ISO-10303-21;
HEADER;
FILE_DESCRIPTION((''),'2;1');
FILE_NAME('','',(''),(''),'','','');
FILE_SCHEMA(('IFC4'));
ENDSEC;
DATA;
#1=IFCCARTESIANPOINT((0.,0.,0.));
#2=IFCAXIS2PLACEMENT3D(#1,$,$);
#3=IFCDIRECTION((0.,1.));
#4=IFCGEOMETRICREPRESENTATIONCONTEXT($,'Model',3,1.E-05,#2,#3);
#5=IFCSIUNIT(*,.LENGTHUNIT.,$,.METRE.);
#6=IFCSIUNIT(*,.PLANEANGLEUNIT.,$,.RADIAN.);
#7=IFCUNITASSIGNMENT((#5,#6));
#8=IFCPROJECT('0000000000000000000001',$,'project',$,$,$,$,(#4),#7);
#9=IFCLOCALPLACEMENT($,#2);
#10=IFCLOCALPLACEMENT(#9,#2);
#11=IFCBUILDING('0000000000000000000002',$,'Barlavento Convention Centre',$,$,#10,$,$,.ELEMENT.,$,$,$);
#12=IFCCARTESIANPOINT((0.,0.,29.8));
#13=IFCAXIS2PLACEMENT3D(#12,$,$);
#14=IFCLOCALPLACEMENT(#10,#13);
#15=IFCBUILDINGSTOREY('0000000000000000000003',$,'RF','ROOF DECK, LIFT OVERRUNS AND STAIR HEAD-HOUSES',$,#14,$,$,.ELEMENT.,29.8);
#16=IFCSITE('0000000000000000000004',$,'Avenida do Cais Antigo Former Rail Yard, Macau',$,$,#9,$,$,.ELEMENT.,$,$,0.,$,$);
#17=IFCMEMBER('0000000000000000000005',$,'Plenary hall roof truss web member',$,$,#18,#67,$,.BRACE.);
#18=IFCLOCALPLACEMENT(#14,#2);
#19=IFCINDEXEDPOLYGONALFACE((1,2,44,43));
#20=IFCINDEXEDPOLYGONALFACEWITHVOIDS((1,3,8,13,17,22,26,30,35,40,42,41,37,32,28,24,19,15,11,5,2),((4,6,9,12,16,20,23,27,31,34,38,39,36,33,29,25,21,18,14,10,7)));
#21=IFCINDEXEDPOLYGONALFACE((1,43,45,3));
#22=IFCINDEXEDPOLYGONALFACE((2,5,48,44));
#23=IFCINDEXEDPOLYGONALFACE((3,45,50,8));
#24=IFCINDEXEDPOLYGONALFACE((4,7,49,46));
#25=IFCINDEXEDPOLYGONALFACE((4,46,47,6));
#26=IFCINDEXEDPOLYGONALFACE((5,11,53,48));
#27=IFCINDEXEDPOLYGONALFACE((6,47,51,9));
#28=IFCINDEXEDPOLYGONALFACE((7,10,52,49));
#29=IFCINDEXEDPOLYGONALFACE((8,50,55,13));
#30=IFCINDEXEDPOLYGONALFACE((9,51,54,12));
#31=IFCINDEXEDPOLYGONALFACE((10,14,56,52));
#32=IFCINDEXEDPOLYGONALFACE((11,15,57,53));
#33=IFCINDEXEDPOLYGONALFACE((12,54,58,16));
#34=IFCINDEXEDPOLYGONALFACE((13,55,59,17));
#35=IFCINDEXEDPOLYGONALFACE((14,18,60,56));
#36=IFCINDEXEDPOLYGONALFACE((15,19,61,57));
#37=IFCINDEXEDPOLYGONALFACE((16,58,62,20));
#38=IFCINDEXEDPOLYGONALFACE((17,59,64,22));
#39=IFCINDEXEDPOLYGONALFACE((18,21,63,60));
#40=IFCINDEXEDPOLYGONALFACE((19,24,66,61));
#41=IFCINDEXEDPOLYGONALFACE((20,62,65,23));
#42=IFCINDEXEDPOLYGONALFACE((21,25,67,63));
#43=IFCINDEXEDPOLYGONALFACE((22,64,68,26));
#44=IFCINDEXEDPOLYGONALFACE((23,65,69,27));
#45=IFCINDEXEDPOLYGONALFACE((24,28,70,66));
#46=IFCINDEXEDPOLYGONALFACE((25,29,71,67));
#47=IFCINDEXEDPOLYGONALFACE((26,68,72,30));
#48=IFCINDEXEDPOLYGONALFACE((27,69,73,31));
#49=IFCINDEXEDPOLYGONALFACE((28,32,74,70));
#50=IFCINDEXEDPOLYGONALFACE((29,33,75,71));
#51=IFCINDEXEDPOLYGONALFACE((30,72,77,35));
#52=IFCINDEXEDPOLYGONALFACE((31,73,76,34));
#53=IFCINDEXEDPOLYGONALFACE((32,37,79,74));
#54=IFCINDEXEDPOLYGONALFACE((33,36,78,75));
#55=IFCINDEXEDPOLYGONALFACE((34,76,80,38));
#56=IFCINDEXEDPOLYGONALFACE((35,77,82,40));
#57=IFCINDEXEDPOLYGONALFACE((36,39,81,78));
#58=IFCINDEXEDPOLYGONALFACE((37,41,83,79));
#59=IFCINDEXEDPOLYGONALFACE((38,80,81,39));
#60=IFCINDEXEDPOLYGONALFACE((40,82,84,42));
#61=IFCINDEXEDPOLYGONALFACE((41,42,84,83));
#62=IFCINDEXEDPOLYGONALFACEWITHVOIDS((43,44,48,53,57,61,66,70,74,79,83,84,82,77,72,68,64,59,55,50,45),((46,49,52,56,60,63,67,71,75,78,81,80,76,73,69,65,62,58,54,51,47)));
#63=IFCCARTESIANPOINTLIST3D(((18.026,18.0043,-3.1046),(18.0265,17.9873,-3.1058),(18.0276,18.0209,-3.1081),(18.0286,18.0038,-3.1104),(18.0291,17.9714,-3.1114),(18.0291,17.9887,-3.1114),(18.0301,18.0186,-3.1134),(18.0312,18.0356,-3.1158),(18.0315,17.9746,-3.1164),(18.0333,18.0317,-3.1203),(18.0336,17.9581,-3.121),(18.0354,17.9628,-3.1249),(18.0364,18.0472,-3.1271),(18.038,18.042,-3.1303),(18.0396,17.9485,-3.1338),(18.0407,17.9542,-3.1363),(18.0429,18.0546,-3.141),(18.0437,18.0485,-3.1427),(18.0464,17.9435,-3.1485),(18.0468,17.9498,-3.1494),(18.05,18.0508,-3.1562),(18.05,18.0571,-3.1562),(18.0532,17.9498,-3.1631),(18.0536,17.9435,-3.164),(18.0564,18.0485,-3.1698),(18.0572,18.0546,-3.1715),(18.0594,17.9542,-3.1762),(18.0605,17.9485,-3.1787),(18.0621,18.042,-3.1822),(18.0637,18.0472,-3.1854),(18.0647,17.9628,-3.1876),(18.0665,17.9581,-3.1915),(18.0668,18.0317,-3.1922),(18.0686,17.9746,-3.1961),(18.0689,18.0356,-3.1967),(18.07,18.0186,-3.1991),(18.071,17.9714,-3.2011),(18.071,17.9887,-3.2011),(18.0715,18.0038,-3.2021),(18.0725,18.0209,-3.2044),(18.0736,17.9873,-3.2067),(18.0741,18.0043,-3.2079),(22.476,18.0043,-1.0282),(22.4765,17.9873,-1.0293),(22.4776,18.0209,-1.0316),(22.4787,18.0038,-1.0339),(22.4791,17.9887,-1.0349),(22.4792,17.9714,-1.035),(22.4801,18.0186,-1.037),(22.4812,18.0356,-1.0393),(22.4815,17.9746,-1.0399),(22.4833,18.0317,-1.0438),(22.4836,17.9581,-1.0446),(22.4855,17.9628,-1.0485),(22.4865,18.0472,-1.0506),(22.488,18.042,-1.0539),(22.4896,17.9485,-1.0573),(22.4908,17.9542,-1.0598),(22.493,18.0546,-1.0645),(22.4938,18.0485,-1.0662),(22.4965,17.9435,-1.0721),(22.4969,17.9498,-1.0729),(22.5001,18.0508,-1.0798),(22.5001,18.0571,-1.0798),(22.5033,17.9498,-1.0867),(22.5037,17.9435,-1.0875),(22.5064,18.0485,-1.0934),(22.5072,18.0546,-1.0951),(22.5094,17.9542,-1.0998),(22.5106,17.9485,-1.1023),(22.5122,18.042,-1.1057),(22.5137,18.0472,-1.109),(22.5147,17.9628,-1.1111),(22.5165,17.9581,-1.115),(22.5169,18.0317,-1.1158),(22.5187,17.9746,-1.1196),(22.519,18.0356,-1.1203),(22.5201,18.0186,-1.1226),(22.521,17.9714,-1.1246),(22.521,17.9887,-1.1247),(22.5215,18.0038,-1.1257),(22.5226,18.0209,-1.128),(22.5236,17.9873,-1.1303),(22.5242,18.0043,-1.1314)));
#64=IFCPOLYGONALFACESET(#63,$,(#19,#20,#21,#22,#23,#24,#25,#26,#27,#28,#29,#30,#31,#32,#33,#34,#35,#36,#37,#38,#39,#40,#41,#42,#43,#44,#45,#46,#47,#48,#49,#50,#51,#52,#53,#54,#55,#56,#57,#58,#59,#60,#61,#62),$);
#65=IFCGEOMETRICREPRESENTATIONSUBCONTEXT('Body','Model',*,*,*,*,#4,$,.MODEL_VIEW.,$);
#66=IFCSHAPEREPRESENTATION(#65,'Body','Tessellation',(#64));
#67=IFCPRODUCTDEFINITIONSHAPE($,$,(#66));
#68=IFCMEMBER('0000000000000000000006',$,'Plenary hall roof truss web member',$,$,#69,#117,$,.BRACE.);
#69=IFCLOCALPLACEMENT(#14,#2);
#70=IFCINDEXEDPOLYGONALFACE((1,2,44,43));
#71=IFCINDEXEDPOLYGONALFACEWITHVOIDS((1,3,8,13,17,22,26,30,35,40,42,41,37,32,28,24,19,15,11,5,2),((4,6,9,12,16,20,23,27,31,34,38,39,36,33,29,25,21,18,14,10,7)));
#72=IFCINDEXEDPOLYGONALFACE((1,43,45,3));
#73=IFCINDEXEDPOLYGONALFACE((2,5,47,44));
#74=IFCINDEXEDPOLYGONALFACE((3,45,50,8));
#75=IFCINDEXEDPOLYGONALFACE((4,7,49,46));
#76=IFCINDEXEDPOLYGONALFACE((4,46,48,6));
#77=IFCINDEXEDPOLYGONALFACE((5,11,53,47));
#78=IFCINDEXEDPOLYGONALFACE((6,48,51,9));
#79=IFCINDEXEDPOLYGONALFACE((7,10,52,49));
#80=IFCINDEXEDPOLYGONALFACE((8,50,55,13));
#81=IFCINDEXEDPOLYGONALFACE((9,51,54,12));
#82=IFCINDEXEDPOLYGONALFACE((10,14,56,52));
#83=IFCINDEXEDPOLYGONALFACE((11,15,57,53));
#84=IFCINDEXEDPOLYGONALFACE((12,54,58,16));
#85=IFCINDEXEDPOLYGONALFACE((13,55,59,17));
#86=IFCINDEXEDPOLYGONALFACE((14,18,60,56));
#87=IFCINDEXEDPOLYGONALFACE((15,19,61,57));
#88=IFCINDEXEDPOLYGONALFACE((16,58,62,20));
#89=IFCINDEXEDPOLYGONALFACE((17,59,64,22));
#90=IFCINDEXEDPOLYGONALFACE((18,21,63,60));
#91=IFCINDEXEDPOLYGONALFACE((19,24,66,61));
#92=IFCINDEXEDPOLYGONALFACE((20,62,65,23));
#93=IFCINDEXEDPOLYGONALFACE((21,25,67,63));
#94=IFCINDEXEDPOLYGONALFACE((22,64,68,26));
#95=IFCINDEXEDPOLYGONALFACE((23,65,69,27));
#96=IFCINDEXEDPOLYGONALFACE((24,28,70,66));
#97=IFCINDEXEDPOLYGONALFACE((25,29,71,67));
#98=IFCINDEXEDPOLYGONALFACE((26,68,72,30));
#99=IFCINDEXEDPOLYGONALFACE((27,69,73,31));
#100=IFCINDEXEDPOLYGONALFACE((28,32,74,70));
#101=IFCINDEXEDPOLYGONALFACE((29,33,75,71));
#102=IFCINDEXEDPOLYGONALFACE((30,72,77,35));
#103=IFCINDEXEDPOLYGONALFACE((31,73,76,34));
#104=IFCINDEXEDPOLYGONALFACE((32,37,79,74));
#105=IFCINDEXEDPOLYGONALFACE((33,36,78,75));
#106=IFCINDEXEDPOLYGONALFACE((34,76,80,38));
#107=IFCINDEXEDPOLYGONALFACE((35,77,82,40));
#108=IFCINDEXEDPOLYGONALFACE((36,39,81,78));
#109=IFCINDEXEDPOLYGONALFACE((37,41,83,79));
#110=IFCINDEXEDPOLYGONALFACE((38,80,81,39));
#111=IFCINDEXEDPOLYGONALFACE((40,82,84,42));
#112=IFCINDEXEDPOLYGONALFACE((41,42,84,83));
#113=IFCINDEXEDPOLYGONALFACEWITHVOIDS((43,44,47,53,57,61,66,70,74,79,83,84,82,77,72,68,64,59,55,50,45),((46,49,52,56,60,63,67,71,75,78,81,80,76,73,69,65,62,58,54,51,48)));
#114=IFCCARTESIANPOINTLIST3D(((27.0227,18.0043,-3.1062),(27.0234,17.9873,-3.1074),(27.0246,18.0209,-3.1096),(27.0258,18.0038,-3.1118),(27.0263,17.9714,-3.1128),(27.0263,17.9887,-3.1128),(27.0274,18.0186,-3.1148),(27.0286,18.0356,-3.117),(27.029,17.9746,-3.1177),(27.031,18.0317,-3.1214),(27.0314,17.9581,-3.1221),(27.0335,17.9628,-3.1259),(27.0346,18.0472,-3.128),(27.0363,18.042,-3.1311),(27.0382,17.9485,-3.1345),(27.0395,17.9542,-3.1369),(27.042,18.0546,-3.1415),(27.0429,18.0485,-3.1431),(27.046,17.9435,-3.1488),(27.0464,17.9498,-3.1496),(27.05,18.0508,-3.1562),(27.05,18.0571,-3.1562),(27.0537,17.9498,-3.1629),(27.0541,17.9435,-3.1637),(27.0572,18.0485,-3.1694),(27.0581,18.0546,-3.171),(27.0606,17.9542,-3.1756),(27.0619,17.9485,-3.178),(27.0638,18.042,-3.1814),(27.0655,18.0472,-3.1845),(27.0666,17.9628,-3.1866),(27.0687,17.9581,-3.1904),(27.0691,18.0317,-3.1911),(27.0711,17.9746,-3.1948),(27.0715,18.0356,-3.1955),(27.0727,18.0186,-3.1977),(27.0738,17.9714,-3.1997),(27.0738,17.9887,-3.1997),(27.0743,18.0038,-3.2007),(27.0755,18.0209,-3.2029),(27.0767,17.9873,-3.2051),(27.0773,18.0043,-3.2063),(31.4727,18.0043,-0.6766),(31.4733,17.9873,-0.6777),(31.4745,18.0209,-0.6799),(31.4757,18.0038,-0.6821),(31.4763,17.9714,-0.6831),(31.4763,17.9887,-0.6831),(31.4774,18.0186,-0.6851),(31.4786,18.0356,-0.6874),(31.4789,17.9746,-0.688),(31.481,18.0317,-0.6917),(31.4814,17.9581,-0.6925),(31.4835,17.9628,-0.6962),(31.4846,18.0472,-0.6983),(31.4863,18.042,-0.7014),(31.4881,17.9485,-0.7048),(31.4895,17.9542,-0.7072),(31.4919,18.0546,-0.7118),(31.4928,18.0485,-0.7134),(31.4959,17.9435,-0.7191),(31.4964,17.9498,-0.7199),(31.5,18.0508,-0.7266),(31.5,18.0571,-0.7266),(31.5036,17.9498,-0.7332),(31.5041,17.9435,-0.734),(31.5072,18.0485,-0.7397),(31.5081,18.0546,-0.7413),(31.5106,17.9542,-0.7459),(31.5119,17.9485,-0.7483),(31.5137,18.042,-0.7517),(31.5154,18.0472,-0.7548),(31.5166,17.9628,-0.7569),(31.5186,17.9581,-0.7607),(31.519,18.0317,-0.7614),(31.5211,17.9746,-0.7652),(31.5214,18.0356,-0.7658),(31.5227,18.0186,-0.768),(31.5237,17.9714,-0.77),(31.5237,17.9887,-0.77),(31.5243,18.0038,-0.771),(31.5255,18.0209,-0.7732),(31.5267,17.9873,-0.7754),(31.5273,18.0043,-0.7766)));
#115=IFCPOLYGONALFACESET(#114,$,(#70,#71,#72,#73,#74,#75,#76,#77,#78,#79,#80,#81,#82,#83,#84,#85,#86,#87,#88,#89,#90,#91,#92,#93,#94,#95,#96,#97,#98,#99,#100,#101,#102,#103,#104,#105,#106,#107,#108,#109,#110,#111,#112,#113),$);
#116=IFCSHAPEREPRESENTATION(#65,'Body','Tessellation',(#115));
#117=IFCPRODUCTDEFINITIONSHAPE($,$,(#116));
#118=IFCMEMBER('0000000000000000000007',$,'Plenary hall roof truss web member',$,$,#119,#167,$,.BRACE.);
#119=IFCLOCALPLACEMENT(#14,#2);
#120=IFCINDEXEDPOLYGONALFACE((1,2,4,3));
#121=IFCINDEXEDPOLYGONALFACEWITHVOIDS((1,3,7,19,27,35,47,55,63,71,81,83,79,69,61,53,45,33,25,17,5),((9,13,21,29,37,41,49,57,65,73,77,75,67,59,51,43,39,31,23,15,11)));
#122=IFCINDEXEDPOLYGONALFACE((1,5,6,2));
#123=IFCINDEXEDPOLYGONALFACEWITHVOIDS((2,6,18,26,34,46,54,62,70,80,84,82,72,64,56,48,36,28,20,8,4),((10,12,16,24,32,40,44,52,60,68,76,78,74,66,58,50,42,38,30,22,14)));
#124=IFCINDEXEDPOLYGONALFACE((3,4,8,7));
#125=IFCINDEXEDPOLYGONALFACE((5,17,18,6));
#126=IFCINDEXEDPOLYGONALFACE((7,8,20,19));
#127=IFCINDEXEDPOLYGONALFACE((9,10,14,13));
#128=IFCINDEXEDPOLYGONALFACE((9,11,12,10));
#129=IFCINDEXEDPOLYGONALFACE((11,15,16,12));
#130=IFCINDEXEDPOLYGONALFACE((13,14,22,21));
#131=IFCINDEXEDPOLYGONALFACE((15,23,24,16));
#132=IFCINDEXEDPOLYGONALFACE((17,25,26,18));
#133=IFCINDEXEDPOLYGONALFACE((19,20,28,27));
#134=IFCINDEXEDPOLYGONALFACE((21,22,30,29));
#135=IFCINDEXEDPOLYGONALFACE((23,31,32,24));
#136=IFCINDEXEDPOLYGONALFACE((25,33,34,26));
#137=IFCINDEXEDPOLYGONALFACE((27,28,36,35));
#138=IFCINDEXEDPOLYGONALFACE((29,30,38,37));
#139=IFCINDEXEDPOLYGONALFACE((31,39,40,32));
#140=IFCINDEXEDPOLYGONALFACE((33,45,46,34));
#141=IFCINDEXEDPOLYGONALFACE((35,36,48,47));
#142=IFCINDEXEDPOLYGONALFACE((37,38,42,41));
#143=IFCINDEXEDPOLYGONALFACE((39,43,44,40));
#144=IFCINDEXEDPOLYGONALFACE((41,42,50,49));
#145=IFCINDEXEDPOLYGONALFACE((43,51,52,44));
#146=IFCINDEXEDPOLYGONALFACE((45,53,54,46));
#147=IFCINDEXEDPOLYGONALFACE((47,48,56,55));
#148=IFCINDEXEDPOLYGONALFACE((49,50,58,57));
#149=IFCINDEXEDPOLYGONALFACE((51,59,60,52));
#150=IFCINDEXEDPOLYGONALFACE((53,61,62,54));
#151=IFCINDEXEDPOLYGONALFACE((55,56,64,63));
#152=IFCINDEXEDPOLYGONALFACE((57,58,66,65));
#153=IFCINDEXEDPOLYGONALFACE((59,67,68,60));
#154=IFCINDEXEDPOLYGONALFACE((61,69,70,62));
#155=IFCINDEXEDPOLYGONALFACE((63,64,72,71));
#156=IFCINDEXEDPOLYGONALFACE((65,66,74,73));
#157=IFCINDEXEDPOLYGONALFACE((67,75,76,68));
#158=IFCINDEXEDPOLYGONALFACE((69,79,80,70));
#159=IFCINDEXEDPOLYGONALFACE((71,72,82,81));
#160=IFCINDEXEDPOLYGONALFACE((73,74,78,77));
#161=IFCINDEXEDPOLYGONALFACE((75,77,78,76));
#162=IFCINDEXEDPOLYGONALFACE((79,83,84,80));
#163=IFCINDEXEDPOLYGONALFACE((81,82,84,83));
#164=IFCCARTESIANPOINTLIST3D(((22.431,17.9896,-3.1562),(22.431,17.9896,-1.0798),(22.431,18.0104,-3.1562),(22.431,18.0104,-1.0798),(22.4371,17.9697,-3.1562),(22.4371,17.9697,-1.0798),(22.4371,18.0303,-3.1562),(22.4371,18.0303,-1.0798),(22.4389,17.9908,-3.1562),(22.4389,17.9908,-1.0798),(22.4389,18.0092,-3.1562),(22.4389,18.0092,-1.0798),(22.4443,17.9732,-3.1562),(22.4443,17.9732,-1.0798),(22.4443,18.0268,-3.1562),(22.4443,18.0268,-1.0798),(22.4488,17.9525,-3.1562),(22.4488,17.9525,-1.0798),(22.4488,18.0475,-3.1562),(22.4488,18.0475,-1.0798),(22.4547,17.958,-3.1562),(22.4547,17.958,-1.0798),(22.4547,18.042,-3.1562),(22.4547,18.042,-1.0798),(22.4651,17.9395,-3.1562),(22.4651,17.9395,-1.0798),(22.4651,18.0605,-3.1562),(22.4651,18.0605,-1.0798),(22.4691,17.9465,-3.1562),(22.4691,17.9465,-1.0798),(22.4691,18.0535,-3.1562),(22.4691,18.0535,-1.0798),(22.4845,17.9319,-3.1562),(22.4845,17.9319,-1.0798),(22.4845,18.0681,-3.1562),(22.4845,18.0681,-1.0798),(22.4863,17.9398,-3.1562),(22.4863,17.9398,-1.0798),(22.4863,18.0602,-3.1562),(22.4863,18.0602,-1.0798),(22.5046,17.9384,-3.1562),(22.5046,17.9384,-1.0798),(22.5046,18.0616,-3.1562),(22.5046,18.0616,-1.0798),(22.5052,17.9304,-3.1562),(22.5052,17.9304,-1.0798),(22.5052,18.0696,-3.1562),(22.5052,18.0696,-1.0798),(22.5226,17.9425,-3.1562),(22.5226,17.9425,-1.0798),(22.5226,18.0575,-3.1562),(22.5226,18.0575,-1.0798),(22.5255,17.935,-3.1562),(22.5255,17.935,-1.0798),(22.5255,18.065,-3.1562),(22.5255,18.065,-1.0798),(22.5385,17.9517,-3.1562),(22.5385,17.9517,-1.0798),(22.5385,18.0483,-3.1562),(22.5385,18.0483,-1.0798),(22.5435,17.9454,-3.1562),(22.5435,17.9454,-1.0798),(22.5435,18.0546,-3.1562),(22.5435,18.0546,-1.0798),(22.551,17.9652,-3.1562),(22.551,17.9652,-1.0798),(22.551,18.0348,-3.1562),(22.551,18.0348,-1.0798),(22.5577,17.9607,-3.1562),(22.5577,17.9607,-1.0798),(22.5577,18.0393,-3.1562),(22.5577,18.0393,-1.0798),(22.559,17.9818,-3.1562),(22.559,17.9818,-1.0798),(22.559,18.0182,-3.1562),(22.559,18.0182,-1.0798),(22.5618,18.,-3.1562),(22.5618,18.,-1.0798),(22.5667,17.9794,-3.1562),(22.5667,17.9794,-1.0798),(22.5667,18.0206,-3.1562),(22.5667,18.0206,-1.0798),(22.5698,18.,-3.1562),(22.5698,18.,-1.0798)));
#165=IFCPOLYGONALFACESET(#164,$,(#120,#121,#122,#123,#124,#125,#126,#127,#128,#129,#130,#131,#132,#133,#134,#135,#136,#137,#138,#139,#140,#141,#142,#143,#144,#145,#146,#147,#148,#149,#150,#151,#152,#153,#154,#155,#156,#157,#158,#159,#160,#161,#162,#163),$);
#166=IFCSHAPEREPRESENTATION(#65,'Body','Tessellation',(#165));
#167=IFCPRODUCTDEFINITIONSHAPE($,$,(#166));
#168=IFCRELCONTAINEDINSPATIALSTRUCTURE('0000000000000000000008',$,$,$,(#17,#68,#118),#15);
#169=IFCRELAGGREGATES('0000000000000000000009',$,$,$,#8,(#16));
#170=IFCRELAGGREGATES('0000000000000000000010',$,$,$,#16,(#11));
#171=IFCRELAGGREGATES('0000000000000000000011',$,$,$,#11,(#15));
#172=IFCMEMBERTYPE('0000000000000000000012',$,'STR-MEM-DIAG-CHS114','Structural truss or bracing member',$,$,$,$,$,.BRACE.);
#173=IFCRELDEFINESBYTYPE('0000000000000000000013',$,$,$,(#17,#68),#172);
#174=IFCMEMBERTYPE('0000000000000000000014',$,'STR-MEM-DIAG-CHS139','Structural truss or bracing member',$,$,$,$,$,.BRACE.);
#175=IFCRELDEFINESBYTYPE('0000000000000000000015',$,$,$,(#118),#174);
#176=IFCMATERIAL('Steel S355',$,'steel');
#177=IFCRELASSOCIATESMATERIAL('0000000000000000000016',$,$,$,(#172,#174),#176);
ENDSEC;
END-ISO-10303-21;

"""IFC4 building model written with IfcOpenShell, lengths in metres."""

from ifc_helpers import new_model, si_unit, direction, frame, origin, origin_2d, place, context, subcontext, project, spatial, hollow_circle, extrude, material, material_profile, profile_set, type_object, element, save


model = new_model("IFC4")

# Units and contexts
model_context = context("Model", 3, precision=1e-05, world=origin(), true_north=direction((0.0, 1.0)))
body_context = subcontext(model_context, "Body", "Model", "MODEL_VIEW")
ifc_project = project(units=[si_unit("LENGTHUNIT", "METRE"), si_unit("PLANEANGLEUNIT", "RADIAN")], contexts=[model_context])

# Site, building, storey
site_placement = place(None, origin())
site = spatial("IfcSite", under=ifc_project, at=site_placement, Name="Avenida do Cais Antigo Former Rail Yard, Macau", CompositionType="ELEMENT", RefElevation=0.0)
building_placement = place(site_placement, origin())
building = spatial("IfcBuilding", under=site, at=building_placement, Name="Barlavento Convention Centre", CompositionType="ELEMENT")
storey_placement = place(building_placement, frame((0.0, 0.0, 29.8)))
storey = spatial("IfcBuildingStorey", under=building, at=storey_placement, Name="RF", Description="ROOF DECK, LIFT OVERRUNS AND STAIR HEAD-HOUSES", CompositionType="ELEMENT", Elevation=29.8)

# Members
ifc_material_1 = material(Name="Steel S355", Category="steel")
ifc_material_profile_1 = material_profile(ifc_material_1, hollow_circle(Radius=0.0571, WallThickness=0.0063, at=origin_2d()), Name="CHS 114.3x6.3")
ifc_profile_set_1 = profile_set([ifc_material_profile_1], Name="Steel S355")
member_type_1 = type_object("IfcMemberType", Name="STR-MEM-DIAG-CHS114", Description="Structural truss or bracing member", PredefinedType="BRACE", material=ifc_profile_set_1)
member_1_placement = place(storey_placement, frame((18.05, 18.0, -3.1562), z_axis=(0.906201, 0.0, 0.422847), x_axis=(0.0, 1.0, 0.0)))
element("IfcMember", 1, at=member_1_placement, inside=storey, type_object=member_type_1, Name="Plenary hall roof truss web member", PredefinedType="BRACE", context=body_context, shape_type="SweptSolid", body=[
    extrude(hollow_circle(Radius=0.0571, WallThickness=0.0063, at=origin_2d()), origin(), (0.0, 0.0, 1.0), 4.9106),
])
member_2_placement = place(storey_placement, frame((27.05, 18.0, -3.1562), z_axis=(0.877693, 0.0, 0.479223), x_axis=(0.0, 1.0, 0.0)))
element("IfcMember", 2, at=member_2_placement, inside=storey, type_object=member_type_1, Name="Plenary hall roof truss web member", PredefinedType="BRACE", context=body_context, shape_type="SweptSolid", body=[
    extrude(hollow_circle(Radius=0.0571, WallThickness=0.0063, at=origin_2d()), origin(), (0.0, 0.0, 1.0), 5.0701),
])
ifc_material_profile_2 = material_profile(ifc_material_1, hollow_circle(Radius=0.0698, WallThickness=0.0081, at=origin_2d()), Name="CHS 139.7x8.0")
ifc_profile_set_2 = profile_set([ifc_material_profile_2], Name="Steel S355")
member_type_2 = type_object("IfcMemberType", Name="STR-MEM-DIAG-CHS139", Description="Structural truss or bracing member", PredefinedType="BRACE", material=ifc_profile_set_2)
member_3_placement = place(storey_placement, frame((22.5, 18.0, -3.1562), z_axis=(0.0, 0.0, 1.0), x_axis=(1.0, 0.0, 0.0)))
element("IfcMember", 3, at=member_3_placement, inside=storey, type_object=member_type_2, Name="Plenary hall roof truss web member", PredefinedType="BRACE", context=body_context, shape_type="SweptSolid", body=[
    extrude(hollow_circle(Radius=0.0698, WallThickness=0.0081, at=origin_2d()), origin(), (0.0, 0.0, 1.0), 2.0764),
])

save(model, "model.ifc")
